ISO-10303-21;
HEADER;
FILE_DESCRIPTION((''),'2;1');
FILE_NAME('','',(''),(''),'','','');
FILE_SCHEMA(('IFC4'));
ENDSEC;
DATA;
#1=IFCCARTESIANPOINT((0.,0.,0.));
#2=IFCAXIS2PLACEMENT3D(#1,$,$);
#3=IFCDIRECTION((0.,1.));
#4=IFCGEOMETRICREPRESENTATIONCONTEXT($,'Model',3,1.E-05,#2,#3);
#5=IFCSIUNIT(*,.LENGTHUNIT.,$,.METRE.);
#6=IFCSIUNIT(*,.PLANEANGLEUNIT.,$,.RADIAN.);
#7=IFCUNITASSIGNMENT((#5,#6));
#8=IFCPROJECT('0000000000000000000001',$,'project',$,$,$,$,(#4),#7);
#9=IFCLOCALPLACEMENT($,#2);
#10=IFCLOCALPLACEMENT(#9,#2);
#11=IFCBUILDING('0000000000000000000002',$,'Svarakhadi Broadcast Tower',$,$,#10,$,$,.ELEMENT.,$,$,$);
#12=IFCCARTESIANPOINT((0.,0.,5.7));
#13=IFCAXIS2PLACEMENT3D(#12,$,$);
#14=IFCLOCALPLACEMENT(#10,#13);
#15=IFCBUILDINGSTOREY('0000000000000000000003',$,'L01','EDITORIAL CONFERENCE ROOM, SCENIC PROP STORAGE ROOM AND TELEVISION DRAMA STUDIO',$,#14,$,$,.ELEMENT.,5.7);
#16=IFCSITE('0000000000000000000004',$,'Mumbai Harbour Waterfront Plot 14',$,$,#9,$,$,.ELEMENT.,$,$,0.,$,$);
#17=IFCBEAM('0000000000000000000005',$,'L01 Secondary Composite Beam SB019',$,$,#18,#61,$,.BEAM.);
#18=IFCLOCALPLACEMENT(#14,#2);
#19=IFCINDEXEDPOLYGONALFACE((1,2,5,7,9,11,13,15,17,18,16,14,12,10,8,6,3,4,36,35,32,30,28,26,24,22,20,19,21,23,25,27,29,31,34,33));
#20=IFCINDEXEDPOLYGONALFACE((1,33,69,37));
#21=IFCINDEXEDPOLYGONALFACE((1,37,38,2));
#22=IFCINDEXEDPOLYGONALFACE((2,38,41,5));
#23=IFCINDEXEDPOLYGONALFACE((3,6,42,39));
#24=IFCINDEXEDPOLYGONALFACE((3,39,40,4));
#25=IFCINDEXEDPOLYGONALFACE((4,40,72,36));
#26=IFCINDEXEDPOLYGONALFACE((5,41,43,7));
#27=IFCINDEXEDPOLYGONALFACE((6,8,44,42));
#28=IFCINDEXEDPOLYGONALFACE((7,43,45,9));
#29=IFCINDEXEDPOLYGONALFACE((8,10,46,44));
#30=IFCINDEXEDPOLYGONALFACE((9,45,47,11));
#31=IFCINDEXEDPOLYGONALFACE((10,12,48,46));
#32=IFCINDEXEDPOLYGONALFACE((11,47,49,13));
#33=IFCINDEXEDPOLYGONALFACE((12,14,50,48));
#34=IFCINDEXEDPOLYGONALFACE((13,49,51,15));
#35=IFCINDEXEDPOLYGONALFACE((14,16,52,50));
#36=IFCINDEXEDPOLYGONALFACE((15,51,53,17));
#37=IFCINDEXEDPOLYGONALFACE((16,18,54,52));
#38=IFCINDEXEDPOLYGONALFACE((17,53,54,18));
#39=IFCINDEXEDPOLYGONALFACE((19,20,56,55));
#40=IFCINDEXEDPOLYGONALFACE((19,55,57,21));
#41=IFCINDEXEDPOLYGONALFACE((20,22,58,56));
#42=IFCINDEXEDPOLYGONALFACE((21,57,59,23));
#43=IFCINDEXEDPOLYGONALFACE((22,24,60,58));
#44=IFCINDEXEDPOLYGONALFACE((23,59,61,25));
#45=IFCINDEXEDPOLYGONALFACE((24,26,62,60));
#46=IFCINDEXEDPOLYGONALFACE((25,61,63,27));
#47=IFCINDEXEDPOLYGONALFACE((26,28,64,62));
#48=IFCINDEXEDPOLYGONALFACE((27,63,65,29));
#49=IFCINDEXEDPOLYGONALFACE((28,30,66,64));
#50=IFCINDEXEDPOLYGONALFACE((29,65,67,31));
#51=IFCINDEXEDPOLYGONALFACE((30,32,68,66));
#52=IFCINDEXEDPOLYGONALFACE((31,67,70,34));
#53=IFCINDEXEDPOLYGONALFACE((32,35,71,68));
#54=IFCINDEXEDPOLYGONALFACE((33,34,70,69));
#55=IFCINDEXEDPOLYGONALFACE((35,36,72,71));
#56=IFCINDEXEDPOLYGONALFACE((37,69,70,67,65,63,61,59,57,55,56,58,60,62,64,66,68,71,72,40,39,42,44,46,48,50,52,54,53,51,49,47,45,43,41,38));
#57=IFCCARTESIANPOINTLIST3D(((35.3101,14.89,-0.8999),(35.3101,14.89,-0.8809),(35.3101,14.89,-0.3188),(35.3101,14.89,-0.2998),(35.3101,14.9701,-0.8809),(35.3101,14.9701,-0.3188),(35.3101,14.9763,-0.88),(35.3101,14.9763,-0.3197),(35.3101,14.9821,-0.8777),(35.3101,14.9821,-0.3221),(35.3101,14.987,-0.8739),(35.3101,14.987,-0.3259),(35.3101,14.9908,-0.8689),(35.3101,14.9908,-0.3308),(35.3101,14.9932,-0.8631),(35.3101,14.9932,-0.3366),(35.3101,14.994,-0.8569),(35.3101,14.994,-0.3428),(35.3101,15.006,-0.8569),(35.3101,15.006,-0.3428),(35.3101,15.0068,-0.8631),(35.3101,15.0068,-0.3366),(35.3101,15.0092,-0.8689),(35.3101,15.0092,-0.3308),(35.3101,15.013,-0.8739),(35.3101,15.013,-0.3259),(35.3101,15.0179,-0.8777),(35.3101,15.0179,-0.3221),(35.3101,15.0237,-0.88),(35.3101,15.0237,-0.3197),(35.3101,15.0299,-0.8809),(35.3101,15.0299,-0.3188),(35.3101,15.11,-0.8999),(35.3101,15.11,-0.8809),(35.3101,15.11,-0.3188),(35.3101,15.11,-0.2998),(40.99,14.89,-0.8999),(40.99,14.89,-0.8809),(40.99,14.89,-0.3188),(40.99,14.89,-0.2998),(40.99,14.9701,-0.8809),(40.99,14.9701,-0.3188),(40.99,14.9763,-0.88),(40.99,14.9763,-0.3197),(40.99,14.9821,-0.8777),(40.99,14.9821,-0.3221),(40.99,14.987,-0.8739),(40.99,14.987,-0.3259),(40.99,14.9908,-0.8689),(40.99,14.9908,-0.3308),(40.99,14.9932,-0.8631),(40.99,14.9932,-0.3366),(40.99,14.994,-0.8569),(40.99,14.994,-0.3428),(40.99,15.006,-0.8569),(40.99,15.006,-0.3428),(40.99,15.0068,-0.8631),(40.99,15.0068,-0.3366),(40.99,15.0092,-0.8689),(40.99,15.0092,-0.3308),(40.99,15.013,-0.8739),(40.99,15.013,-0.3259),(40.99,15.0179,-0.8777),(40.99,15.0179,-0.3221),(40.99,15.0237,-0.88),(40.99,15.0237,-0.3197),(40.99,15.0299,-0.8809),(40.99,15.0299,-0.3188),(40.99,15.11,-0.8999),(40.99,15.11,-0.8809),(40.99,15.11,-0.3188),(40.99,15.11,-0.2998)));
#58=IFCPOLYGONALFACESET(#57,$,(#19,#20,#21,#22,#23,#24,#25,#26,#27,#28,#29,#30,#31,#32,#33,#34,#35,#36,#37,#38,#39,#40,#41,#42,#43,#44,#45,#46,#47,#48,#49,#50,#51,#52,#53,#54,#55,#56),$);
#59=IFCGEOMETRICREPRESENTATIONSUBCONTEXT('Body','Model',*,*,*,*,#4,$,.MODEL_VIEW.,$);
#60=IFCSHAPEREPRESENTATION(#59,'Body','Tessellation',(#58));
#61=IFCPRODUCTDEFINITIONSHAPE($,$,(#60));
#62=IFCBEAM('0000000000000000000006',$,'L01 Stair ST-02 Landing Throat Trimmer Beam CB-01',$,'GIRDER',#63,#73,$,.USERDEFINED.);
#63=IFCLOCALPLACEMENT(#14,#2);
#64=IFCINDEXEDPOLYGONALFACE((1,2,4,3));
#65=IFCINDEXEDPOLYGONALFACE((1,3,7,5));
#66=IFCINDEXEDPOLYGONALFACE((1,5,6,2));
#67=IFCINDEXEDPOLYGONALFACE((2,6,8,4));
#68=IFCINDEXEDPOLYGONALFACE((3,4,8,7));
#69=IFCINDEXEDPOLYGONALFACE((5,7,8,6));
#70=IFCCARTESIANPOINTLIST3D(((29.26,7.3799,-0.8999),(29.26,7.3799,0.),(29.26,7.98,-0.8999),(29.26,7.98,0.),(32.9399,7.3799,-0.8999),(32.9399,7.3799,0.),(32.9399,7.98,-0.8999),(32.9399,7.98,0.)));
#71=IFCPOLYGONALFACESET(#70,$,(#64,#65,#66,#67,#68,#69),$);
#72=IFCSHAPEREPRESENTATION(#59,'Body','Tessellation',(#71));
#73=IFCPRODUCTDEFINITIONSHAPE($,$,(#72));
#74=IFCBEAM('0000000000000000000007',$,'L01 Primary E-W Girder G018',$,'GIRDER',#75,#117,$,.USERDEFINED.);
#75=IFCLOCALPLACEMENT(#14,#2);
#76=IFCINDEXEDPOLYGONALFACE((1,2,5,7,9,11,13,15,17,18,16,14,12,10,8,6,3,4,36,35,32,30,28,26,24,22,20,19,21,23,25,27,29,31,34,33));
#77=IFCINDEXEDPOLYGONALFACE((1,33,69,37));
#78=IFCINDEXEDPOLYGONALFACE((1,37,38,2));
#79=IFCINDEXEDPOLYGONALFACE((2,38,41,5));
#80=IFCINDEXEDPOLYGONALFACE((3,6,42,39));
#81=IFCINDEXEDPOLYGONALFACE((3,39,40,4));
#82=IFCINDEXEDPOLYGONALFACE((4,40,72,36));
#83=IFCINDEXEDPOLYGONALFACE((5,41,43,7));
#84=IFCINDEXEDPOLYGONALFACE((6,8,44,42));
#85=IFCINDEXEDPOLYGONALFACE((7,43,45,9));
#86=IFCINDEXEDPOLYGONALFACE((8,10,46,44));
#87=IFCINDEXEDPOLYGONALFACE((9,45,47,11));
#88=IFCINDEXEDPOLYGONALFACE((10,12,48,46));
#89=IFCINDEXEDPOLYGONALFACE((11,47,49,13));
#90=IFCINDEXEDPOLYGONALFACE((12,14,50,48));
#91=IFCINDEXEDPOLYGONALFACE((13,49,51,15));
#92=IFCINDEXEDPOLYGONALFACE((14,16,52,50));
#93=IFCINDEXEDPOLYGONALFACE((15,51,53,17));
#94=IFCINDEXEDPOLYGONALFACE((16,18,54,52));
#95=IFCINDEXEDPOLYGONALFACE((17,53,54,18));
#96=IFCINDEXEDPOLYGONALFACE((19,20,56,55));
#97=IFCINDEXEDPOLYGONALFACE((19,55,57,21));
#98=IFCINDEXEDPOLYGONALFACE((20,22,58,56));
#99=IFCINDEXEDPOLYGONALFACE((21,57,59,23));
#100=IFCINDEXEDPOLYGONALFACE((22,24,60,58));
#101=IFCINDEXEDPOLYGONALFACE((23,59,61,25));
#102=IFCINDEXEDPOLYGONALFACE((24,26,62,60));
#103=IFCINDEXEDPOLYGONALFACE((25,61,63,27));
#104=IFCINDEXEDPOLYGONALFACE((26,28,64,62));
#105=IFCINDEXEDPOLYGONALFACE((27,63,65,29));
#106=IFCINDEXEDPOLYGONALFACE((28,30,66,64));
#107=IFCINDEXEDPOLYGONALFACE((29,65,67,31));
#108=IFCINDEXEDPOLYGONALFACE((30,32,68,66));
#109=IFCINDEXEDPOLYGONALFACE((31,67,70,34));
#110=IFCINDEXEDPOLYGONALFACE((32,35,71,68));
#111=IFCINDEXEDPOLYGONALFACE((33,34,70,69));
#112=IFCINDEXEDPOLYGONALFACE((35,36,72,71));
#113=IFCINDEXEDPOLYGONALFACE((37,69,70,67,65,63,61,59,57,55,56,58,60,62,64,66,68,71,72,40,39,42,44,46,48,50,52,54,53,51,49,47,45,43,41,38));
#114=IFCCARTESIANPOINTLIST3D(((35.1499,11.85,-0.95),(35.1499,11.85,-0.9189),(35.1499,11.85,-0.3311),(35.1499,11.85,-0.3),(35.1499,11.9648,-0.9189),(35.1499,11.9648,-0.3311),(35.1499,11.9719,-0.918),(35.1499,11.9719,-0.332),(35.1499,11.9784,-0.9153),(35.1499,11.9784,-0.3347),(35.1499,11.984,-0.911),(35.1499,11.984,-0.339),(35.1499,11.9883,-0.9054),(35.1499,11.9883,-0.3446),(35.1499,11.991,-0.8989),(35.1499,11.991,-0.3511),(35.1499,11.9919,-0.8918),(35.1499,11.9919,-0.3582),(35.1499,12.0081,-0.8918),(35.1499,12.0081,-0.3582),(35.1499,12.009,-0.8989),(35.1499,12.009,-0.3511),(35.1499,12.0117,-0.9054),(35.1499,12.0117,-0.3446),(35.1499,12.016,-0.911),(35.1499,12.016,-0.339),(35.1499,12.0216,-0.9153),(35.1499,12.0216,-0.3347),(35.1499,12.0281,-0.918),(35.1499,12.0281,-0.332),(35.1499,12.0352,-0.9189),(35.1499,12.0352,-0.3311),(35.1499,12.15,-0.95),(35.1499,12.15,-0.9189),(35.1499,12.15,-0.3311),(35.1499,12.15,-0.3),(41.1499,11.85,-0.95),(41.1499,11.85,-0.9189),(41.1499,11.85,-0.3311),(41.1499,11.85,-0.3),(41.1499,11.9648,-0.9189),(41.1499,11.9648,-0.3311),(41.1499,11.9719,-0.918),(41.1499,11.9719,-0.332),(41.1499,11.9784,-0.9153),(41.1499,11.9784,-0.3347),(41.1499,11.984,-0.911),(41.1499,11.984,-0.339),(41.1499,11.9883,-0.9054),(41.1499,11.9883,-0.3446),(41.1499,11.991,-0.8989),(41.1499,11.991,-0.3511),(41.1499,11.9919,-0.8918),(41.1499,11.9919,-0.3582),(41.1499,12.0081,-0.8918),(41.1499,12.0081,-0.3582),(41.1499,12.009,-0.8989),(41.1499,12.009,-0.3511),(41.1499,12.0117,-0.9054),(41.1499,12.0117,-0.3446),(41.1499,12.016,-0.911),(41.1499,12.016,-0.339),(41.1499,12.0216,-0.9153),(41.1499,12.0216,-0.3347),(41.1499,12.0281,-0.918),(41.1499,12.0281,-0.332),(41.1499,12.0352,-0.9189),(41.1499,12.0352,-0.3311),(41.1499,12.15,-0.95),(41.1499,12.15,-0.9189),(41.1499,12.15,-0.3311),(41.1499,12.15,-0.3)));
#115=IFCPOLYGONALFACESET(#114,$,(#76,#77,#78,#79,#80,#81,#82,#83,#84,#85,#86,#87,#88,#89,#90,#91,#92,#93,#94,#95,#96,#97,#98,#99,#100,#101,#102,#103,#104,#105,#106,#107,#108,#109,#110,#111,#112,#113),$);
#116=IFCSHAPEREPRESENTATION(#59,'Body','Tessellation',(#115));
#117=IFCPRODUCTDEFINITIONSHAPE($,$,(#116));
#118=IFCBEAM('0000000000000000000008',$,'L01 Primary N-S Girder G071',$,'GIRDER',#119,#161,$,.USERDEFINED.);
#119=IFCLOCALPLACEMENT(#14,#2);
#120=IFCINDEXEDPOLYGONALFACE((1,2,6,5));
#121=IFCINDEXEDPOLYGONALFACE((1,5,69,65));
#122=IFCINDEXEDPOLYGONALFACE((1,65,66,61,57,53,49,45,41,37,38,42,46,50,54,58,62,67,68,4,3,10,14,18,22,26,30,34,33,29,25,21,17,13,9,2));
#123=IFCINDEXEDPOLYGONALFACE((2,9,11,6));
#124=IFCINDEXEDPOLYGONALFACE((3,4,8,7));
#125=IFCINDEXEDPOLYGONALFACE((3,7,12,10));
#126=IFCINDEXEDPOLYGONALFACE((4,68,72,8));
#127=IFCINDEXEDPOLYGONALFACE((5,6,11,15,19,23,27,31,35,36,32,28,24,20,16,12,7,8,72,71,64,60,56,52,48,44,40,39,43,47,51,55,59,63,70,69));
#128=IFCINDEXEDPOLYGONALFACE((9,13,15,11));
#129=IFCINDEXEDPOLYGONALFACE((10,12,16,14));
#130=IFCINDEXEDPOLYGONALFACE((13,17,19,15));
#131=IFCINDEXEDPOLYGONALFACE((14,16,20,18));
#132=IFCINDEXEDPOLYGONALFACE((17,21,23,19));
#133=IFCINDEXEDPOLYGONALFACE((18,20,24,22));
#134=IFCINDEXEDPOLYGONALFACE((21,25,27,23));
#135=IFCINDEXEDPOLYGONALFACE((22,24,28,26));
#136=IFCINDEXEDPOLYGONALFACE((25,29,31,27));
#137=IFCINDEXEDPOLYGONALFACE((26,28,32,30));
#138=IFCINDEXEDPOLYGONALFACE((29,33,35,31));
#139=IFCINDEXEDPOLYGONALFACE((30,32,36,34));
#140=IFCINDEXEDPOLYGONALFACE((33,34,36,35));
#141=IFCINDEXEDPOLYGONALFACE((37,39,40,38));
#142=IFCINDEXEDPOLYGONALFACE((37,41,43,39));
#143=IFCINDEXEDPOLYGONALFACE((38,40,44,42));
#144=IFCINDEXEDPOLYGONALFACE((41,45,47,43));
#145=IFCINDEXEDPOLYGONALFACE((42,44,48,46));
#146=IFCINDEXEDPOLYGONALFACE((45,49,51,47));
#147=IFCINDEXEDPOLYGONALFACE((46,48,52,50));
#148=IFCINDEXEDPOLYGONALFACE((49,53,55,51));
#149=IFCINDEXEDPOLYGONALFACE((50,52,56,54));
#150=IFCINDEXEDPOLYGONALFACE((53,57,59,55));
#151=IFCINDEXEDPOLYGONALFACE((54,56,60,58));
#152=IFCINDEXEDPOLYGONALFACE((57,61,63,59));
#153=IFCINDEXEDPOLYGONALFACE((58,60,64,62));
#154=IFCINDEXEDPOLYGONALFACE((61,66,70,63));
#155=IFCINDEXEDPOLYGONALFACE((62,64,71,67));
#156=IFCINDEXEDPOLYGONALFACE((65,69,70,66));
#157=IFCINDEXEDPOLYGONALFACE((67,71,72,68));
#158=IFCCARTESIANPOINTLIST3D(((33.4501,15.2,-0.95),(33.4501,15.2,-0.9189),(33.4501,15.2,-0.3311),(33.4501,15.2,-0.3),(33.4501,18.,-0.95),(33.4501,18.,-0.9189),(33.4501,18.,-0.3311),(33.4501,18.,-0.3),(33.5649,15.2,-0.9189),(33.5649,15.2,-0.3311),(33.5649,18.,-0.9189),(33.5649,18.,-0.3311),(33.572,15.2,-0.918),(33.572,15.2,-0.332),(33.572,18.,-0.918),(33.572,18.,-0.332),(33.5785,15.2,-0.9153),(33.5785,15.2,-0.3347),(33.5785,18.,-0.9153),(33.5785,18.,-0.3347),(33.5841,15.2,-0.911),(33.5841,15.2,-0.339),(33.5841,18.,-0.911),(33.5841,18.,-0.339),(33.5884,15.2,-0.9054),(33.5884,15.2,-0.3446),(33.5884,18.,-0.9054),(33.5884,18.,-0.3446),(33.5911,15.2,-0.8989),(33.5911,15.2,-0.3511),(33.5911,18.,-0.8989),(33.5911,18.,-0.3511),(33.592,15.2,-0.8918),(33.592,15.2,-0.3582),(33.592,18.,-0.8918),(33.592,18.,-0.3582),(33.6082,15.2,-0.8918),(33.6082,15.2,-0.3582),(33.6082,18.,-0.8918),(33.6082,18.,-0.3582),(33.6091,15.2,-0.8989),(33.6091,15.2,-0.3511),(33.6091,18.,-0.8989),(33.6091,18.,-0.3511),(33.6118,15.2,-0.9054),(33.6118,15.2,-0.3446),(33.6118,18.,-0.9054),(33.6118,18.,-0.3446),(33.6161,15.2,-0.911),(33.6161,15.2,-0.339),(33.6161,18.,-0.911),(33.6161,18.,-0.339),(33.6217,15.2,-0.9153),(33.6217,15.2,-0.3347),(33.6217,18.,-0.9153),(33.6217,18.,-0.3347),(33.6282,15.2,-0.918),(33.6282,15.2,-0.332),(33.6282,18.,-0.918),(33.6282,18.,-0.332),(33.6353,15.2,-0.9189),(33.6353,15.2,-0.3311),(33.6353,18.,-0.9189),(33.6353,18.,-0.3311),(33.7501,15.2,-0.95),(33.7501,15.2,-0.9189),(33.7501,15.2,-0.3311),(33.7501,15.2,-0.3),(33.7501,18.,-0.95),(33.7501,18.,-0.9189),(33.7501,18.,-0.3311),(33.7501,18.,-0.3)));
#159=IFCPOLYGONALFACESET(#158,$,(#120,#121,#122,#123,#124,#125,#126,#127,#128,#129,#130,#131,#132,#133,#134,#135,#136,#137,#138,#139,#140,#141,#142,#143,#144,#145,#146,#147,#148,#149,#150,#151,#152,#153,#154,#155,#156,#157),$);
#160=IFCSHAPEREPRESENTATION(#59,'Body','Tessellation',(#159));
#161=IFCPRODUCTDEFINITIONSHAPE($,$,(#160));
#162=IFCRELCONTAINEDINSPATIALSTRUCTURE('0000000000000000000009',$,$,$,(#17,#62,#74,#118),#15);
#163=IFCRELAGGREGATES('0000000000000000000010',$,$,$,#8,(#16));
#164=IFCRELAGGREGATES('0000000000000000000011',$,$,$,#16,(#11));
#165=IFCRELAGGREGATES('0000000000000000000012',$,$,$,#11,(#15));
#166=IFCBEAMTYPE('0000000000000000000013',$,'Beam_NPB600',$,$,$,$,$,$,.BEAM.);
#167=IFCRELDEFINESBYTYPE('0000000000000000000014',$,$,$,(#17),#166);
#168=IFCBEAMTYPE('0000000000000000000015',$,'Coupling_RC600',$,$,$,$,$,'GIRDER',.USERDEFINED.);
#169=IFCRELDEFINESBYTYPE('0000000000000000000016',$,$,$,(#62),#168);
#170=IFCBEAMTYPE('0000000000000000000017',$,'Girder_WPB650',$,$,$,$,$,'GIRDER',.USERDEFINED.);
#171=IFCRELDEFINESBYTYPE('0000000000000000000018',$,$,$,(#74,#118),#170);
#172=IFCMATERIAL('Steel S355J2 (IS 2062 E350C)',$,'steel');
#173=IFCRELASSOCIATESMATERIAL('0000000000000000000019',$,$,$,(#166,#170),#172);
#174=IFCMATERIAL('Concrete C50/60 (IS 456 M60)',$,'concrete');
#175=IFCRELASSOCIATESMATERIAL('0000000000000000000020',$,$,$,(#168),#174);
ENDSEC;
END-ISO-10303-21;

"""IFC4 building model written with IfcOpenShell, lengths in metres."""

from ifc_helpers import new_model, si_unit, direction, frame, origin, origin_2d, place, context, subcontext, project, spatial, rectangle, i_section, extrude, material, material_profile, profile_set, type_object, element, save


model = new_model("IFC4")

# Units and contexts
model_context = context("Model", 3, precision=1e-05, world=origin(), true_north=direction((0.0, 1.0)))
body_context = subcontext(model_context, "Body", "Model", "MODEL_VIEW")
ifc_project = project(units=[si_unit("LENGTHUNIT", "METRE"), si_unit("PLANEANGLEUNIT", "RADIAN")], contexts=[model_context])

# Site, building, storey
site_placement = place(None, origin())
site = spatial("IfcSite", under=ifc_project, at=site_placement, Name="Mumbai Harbour Waterfront Plot 14", CompositionType="ELEMENT", RefElevation=0.0)
building_placement = place(site_placement, origin())
building = spatial("IfcBuilding", under=site, at=building_placement, Name="Svarakhadi Broadcast Tower", CompositionType="ELEMENT")
storey_placement = place(building_placement, frame((0.0, 0.0, 5.7)))
storey = spatial("IfcBuildingStorey", under=building, at=storey_placement, Name="L01", Description="EDITORIAL CONFERENCE ROOM, SCENIC PROP STORAGE ROOM AND TELEVISION DRAMA STUDIO", CompositionType="ELEMENT", Elevation=5.7)

# Beams
ifc_material_1 = material(Name="Steel S355J2 (IS 2062 E350C)", Category="steel")
ifc_material_profile_1 = material_profile(ifc_material_1, i_section(OverallWidth=0.22, OverallDepth=0.6001, WebThickness=0.012, FlangeThickness=0.019, FilletRadius=0.0239, at=origin_2d()), Name="NPB 600x220x122")
ifc_profile_set_1 = profile_set([ifc_material_profile_1], Name="Steel S355J2 (IS 2062 E350C)")
beam_type_1 = type_object("IfcBeamType", Name="Beam_NPB600", PredefinedType="BEAM", material=ifc_profile_set_1)
for number, where, z_axis, x_axis, name in (
    (1, (35.3101, 15.0, -0.5999), (1.0, 0.0, 0.0), (0.0, 1.0, 0.0), "L01 Secondary Composite Beam SB019"),
):
    element("IfcBeam", number, at=place(storey_placement, frame(where, z_axis=z_axis, x_axis=x_axis)), inside=storey, type_object=beam_type_1, Name=name, PredefinedType="BEAM", context=body_context, shape_type="SweptSolid", body=[
        extrude(i_section(OverallWidth=0.22, OverallDepth=0.6001, WebThickness=0.012, FlangeThickness=0.019, FilletRadius=0.0239, at=origin_2d()), origin(), (0.0, 0.0, 1.0), 5.6799),
    ])
ifc_material_2 = material(Name="Concrete C50/60 (IS 456 M60)", Category="concrete")
ifc_material_profile_2 = material_profile(ifc_material_2, rectangle(XDim=0.6001, YDim=0.8999, at=origin_2d()), Name="RC 600x900")
ifc_profile_set_2 = profile_set([ifc_material_profile_2], Name="Concrete C50/60 (IS 456 M60)")
beam_type_2 = type_object("IfcBeamType", Name="Coupling_RC600", ElementType="GIRDER", PredefinedType="USERDEFINED", material=ifc_profile_set_2)
beam_1_placement = place(storey_placement, frame((29.26, 7.6799, -0.45), z_axis=(1.0, 0.0, 0.0), x_axis=(0.0, 1.0, 0.0)))
element("IfcBeam", 2, at=beam_1_placement, inside=storey, type_object=beam_type_2, Name="L01 Stair ST-02 Landing Throat Trimmer Beam CB-01", ObjectType="GIRDER", PredefinedType="USERDEFINED", context=body_context, shape_type="SweptSolid", body=[
    extrude(rectangle(XDim=0.6001, YDim=0.8999, at=origin_2d()), origin(), (0.0, 0.0, 1.0), 3.6799),
])
ifc_material_profile_3 = material_profile(ifc_material_1, i_section(OverallWidth=0.3, OverallDepth=0.6499, WebThickness=0.0161, FlangeThickness=0.031, FilletRadius=0.0271, at=origin_2d()), Name="WPB 650x300x225")
ifc_profile_set_3 = profile_set([ifc_material_profile_3], Name="Steel S355J2 (IS 2062 E350C)")
beam_type_3 = type_object("IfcBeamType", Name="Girder_WPB650", ElementType="GIRDER", PredefinedType="USERDEFINED", material=ifc_profile_set_3)
beam_2_placement = place(storey_placement, frame((35.1499, 12.0, -0.625), z_axis=(1.0, 0.0, 0.0), x_axis=(0.0, 1.0, 0.0)))
element("IfcBeam", 3, at=beam_2_placement, inside=storey, type_object=beam_type_3, Name="L01 Primary E-W Girder G018", ObjectType="GIRDER", PredefinedType="USERDEFINED", context=body_context, shape_type="SweptSolid", body=[
    extrude(i_section(OverallWidth=0.3, OverallDepth=0.6499, WebThickness=0.0161, FlangeThickness=0.031, FilletRadius=0.0271, at=origin_2d()), origin(), (0.0, 0.0, 1.0), 6.0),
])
beam_3_placement = place(storey_placement, frame((33.6001, 15.2, -0.625), z_axis=(0.0, 1.0, 0.0), x_axis=(-1.0, 0.0, 0.0)))
element("IfcBeam", 4, at=beam_3_placement, inside=storey, type_object=beam_type_3, Name="L01 Primary N-S Girder G071", ObjectType="GIRDER", PredefinedType="USERDEFINED", context=body_context, shape_type="SweptSolid", body=[
    extrude(i_section(OverallWidth=0.3, OverallDepth=0.6499, WebThickness=0.0161, FlangeThickness=0.031, FilletRadius=0.0271, at=origin_2d()), origin(), (0.0, 0.0, 1.0), 2.8),
])

save(model, "model.ifc")
